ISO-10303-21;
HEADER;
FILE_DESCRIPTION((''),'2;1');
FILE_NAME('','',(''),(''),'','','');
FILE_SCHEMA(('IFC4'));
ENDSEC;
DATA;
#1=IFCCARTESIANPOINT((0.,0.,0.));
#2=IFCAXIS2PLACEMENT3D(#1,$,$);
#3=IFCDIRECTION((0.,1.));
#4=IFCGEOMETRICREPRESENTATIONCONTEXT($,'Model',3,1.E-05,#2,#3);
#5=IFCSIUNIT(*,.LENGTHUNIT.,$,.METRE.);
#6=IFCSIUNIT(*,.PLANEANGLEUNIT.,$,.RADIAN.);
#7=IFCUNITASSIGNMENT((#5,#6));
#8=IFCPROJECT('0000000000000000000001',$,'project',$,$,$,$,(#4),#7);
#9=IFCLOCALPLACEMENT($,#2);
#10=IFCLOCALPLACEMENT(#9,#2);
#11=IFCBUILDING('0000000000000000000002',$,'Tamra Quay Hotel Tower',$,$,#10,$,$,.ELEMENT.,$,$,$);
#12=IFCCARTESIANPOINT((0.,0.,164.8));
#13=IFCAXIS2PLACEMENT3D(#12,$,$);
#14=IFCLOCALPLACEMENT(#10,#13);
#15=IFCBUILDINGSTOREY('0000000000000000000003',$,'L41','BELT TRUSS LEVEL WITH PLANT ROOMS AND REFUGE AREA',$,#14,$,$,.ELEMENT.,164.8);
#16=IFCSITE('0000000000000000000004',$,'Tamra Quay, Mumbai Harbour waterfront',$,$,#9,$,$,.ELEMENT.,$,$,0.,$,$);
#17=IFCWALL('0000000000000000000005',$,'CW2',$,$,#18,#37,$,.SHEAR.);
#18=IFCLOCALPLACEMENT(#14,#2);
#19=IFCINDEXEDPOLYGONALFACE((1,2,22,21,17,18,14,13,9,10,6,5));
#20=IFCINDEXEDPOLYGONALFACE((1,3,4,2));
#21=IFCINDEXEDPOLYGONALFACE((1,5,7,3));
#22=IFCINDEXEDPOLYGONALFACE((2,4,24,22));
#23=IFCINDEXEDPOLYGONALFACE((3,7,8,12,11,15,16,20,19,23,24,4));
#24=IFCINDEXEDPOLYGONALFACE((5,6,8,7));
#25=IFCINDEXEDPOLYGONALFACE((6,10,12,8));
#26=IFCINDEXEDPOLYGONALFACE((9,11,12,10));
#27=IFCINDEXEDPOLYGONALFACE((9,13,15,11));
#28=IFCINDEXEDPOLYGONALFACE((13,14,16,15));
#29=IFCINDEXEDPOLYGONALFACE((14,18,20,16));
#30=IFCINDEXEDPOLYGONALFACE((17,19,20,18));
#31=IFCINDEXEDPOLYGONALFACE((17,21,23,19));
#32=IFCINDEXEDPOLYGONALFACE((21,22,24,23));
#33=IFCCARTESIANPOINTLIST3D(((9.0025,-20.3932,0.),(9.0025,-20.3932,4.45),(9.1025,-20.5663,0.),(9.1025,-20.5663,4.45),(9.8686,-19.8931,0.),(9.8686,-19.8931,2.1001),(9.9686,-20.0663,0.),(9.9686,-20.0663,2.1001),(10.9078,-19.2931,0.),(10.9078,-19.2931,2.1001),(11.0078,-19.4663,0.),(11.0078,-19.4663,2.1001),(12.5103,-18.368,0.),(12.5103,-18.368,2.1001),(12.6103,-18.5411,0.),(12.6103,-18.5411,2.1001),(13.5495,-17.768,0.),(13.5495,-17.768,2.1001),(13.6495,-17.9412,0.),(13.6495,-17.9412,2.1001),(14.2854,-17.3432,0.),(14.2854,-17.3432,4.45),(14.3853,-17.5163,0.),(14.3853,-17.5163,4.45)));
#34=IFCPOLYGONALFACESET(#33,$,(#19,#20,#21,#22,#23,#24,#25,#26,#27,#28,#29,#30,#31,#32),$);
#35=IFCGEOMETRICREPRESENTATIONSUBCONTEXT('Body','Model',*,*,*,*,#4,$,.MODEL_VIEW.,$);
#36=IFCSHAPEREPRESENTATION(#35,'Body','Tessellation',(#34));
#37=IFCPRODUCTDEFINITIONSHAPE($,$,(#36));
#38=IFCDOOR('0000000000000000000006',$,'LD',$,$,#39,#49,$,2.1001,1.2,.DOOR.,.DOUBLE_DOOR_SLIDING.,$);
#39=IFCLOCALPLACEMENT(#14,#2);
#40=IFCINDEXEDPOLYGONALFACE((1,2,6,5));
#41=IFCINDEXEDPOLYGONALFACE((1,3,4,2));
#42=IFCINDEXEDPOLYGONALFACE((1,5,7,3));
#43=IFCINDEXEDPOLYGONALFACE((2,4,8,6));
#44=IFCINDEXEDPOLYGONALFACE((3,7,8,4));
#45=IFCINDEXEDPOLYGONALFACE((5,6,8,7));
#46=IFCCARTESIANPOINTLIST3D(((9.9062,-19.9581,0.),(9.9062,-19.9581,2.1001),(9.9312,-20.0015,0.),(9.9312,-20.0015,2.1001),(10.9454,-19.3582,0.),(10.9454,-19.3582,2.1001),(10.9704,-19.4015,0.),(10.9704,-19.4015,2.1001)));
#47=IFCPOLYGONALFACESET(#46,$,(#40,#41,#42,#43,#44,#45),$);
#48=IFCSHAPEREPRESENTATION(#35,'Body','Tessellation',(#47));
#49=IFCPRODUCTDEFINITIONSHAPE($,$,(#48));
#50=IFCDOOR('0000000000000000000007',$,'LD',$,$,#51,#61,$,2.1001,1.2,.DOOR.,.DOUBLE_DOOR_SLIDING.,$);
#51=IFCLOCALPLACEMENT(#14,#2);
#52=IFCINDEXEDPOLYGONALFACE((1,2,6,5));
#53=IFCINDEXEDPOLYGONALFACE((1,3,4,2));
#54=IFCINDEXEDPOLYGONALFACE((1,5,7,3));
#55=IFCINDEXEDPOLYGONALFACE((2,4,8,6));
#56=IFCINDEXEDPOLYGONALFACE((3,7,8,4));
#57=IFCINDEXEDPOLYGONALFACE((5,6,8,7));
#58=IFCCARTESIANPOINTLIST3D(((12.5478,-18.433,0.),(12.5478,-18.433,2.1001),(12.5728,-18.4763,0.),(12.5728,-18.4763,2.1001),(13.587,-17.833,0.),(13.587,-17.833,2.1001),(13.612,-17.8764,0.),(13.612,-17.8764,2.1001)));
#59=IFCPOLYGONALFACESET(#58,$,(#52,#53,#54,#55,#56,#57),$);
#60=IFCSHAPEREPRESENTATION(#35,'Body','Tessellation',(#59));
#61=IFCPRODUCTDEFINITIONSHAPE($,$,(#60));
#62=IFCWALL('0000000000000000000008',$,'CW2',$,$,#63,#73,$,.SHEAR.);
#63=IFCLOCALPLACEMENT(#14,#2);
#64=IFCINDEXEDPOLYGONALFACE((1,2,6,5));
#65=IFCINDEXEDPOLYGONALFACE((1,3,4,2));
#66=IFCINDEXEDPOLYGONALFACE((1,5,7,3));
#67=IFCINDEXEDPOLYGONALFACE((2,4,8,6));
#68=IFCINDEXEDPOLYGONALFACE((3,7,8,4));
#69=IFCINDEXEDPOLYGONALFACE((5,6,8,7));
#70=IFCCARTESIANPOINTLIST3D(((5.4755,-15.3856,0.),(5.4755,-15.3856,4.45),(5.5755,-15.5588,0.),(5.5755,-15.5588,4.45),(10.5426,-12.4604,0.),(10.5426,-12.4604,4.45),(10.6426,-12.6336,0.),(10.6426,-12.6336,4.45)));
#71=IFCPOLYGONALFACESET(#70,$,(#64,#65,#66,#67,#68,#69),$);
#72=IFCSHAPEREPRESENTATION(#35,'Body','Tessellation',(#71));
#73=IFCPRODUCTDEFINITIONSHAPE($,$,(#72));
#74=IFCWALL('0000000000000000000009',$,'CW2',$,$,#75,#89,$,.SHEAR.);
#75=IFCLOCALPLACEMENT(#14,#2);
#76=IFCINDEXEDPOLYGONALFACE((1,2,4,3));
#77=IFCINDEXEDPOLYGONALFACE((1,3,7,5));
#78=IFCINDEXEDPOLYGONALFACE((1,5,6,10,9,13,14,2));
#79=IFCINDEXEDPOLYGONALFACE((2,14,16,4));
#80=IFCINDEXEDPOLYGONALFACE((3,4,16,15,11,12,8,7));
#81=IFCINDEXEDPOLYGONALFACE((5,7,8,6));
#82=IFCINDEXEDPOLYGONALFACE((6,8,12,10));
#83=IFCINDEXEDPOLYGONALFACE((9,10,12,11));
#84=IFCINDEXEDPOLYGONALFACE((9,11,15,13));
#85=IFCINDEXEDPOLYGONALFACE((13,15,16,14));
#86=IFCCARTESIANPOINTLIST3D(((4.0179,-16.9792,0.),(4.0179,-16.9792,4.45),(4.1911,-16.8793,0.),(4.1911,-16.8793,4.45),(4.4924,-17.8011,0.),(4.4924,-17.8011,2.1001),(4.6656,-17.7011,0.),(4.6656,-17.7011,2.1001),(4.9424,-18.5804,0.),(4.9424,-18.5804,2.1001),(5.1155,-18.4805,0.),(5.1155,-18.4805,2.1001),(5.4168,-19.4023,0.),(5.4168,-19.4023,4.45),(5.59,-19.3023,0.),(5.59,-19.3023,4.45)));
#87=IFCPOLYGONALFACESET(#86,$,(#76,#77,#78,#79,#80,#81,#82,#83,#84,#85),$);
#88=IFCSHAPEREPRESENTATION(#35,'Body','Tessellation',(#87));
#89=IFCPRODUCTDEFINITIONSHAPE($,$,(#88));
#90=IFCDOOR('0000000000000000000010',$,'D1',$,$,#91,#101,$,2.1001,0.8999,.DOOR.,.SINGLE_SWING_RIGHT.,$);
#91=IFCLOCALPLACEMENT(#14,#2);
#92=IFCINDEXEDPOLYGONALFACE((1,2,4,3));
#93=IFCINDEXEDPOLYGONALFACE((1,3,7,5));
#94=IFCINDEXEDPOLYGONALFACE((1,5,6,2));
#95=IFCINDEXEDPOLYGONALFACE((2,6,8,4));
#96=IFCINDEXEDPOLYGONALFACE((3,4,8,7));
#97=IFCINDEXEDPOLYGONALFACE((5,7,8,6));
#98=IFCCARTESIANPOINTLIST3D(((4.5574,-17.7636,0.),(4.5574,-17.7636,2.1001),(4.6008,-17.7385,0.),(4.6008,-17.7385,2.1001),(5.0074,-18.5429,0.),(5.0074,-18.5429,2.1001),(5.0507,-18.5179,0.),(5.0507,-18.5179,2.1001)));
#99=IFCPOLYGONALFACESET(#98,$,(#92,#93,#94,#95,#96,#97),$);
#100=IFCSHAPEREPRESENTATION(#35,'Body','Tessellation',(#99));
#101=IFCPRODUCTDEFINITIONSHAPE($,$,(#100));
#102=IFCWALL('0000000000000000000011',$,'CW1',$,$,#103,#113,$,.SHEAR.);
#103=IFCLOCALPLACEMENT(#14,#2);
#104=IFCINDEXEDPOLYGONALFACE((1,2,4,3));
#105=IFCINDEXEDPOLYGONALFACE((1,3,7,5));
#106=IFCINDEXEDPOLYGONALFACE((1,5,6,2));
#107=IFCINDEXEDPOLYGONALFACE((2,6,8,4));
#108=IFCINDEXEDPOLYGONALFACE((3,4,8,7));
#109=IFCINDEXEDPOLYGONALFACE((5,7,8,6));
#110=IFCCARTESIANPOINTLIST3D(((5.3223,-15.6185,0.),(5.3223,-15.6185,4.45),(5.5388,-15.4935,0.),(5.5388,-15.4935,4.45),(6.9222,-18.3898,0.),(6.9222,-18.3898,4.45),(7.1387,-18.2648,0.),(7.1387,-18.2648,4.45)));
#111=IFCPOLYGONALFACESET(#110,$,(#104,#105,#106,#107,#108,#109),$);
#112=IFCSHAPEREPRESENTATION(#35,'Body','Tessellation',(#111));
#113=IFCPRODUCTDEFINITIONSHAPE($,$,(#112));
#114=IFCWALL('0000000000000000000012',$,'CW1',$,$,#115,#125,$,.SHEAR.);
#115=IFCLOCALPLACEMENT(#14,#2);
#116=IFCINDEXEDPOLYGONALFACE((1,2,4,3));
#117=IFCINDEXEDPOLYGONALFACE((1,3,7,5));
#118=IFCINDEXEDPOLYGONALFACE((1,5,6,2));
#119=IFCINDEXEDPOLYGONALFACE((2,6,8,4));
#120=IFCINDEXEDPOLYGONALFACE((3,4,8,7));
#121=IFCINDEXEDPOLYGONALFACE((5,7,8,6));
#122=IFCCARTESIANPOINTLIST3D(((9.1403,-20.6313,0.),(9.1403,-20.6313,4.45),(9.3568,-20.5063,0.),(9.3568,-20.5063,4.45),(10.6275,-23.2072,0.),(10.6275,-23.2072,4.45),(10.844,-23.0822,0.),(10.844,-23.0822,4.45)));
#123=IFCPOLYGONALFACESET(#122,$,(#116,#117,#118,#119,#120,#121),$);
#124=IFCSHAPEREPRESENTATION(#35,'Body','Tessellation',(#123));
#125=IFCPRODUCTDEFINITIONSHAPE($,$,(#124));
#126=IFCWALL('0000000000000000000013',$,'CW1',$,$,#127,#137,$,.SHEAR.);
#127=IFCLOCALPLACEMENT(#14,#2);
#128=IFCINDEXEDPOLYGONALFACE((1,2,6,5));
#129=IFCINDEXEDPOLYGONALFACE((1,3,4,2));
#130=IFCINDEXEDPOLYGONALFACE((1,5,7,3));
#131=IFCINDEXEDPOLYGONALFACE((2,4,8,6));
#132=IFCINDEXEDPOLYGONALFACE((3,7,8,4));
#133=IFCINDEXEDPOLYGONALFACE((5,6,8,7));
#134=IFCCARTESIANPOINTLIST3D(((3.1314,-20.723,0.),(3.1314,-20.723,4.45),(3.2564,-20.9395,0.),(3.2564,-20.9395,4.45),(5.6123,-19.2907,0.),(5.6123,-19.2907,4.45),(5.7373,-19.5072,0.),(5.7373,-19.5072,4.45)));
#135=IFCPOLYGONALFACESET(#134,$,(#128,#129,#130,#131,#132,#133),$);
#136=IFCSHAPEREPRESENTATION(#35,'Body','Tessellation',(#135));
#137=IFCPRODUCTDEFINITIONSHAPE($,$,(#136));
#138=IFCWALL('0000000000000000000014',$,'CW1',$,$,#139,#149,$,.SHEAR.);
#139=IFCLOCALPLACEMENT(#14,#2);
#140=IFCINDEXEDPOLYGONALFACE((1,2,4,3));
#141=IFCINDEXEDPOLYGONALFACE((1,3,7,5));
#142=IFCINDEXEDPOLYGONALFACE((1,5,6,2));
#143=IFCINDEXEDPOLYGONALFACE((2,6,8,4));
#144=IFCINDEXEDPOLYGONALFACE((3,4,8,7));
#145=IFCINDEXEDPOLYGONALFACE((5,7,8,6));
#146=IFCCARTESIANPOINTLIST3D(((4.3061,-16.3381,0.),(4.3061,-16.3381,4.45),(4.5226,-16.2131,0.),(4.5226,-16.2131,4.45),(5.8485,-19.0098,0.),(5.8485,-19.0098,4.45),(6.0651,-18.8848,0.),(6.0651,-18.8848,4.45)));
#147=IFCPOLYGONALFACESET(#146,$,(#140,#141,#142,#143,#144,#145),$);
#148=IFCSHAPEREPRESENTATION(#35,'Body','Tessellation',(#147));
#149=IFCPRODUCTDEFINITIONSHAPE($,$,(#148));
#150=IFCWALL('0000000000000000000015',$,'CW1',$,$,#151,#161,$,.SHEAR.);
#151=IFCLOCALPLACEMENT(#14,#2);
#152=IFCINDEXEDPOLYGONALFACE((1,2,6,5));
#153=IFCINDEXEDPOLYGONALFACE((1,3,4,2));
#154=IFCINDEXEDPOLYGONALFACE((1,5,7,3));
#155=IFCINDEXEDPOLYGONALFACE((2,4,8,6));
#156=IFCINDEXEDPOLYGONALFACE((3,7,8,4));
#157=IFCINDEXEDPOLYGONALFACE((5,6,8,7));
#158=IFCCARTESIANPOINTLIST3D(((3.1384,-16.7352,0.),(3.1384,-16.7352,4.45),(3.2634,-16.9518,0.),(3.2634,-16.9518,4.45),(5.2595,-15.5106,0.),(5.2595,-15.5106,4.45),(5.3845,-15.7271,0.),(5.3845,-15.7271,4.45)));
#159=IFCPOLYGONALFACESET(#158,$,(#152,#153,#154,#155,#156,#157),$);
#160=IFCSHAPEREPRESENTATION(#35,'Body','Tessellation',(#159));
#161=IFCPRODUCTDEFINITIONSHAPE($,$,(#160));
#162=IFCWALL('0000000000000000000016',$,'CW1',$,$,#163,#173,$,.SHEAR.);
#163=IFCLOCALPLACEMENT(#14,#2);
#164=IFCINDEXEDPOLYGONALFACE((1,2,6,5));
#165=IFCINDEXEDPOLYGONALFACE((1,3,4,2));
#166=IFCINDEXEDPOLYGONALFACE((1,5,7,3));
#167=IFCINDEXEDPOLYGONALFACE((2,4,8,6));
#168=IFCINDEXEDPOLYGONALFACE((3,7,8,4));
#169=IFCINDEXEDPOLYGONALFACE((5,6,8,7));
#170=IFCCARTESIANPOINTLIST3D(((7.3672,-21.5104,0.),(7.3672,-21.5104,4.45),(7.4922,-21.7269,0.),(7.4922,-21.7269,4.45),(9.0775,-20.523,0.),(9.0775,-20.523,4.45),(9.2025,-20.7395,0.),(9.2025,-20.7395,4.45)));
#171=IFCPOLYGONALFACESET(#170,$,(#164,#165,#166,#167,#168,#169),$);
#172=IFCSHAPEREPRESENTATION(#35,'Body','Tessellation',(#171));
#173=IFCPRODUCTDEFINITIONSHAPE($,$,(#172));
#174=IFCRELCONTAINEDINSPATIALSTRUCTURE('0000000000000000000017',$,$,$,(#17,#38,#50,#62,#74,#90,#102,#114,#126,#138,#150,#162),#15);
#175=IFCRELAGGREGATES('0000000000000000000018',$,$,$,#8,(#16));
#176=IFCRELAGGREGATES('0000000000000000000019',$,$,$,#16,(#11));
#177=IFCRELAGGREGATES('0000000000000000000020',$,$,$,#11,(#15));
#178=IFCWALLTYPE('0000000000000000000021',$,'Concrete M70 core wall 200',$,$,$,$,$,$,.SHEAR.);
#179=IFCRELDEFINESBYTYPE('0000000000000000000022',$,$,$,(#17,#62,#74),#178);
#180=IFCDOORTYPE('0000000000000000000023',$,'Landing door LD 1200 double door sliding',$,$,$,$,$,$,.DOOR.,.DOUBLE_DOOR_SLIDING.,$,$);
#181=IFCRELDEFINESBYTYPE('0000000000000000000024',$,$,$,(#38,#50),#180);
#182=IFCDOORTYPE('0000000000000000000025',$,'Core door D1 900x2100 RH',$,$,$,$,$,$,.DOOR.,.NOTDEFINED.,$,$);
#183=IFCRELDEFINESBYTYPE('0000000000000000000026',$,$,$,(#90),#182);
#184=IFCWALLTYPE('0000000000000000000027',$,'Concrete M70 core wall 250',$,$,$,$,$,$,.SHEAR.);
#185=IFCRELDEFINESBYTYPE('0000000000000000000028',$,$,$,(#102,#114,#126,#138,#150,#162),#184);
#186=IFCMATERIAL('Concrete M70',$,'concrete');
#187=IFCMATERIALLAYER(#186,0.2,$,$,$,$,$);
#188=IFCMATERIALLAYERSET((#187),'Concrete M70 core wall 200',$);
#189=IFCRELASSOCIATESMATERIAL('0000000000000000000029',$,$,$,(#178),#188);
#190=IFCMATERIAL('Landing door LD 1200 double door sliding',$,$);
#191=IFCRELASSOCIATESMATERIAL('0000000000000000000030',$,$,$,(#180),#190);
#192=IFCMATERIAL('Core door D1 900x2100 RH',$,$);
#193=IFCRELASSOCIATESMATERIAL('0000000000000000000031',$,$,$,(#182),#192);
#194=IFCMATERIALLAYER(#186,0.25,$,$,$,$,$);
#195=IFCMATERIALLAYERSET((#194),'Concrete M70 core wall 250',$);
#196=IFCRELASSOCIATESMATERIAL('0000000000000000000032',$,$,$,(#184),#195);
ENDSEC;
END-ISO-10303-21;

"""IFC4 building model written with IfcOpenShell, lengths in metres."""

from ifc_helpers import new_model, si_unit, direction, frame, frame_2d, origin, place, context, subcontext, project, spatial, rectangle, extrude, material, layer, layer_set, type_object, element, fill, save


model = new_model("IFC4")

# Units and contexts
model_context = context("Model", 3, precision=1e-05, world=origin(), true_north=direction((0.0, 1.0)))
body_context = subcontext(model_context, "Body", "Model", "MODEL_VIEW")
ifc_project = project(units=[si_unit("LENGTHUNIT", "METRE"), si_unit("PLANEANGLEUNIT", "RADIAN")], contexts=[model_context])

# Site, building, storey
site_placement = place(None, origin())
site = spatial("IfcSite", under=ifc_project, at=site_placement, Name="Tamra Quay, Mumbai Harbour waterfront", CompositionType="ELEMENT", RefElevation=0.0)
building_placement = place(site_placement, origin())
building = spatial("IfcBuilding", under=site, at=building_placement, Name="Tamra Quay Hotel Tower", CompositionType="ELEMENT")
storey_placement = place(building_placement, frame((0.0, 0.0, 164.8)))
storey = spatial("IfcBuildingStorey", under=building, at=storey_placement, Name="L41", Description="BELT TRUSS LEVEL WITH PLANT ROOMS AND REFUGE AREA", CompositionType="ELEMENT", Elevation=164.8)

# Wall, openings, doors
ifc_material_1 = material(Name="Concrete M70", Category="concrete")
ifc_layer_1 = layer(ifc_material_1, 0.2)
ifc_layer_set_1 = layer_set([ifc_layer_1], Name="Concrete M70 core wall 200")
wall_type_1 = type_object("IfcWallType", Name="Concrete M70 core wall 200", PredefinedType="SHEAR", material=ifc_layer_set_1)
wall_1_placement = place(storey_placement, frame((9.0525, -20.4797, 0.0), z_axis=(0.0, 0.0, 1.0), x_axis=(0.86603, 0.499992, 0.0)))
wall_1 = element("IfcWall", 1, at=wall_1_placement, inside=storey, type_object=wall_type_1, Name="CW2", PredefinedType="SHEAR", context=body_context, shape_type="SweptSolid", body=[
    extrude(rectangle(XDim=6.1001, YDim=0.2, at=frame_2d((3.05, 0.0))), origin(), (0.0, 0.0, 1.0), 4.45),
])
opening_1_placement = place(wall_1_placement, frame((1.0, 0.0, 0.0)))
opening_1 = element("IfcOpeningElement", 2, at=opening_1_placement, cuts=wall_1, PredefinedType="OPENING", context=body_context, shape_type="SweptSolid", body=[
    extrude(rectangle(XDim=1.2, YDim=2.1001, at=frame_2d((0.6001, 1.05))), frame((0.0, 0.1099, 0.0), z_axis=(0.0, -1.0, 0.0), x_axis=(1.0, 0.0, 0.0)), (0.0, 0.0, 1.0), 0.22),
])
opening_2_placement = place(wall_1_placement, frame((4.0503, 0.0, 0.0)))
opening_2 = element("IfcOpeningElement", 3, at=opening_2_placement, cuts=wall_1, PredefinedType="OPENING", context=body_context, shape_type="SweptSolid", body=[
    extrude(rectangle(XDim=1.2, YDim=2.1001, at=frame_2d((0.6001, 1.05))), frame((0.0, 0.1099, 0.0), z_axis=(0.0, -1.0, 0.0), x_axis=(1.0, 0.0, 0.0)), (0.0, 0.0, 1.0), 0.22),
])
ifc_material_2 = material(Name="Landing door LD 1200 double door sliding")
door_type_1 = type_object("IfcDoorType", Name="Landing door LD 1200 double door sliding", OperationType="DOUBLE_DOOR_SLIDING", PredefinedType="DOOR", material=ifc_material_2)
door_1_placement = place(opening_1_placement, origin())
door_1 = element("IfcDoor", 4, at=door_1_placement, inside=storey, type_object=door_type_1, Name="LD", OperationType="DOUBLE_DOOR_SLIDING", OverallHeight=2.1001, OverallWidth=1.2, PredefinedType="DOOR", context=body_context, shape_type="SweptSolid", body=[
    extrude(rectangle(XDim=1.2, YDim=2.1001, at=frame_2d((0.6001, 1.05))), frame((0.0, 0.0249, 0.0), z_axis=(0.0, -1.0, 0.0), x_axis=(1.0, 0.0, 0.0)), (0.0, 0.0, 1.0), 0.05),
])
fill(opening_1, door_1)
door_2_placement = place(opening_2_placement, origin())
door_2 = element("IfcDoor", 5, at=door_2_placement, inside=storey, type_object=door_type_1, Name="LD", OperationType="DOUBLE_DOOR_SLIDING", OverallHeight=2.1001, OverallWidth=1.2, PredefinedType="DOOR", context=body_context, shape_type="SweptSolid", body=[
    extrude(rectangle(XDim=1.2, YDim=2.1001, at=frame_2d((0.6001, 1.05))), frame((0.0, 0.0249, 0.0), z_axis=(0.0, -1.0, 0.0), x_axis=(1.0, 0.0, 0.0)), (0.0, 0.0, 1.0), 0.05),
])
fill(opening_2, door_2)

# Wall
wall_2_placement = place(storey_placement, frame((5.5256, -15.4722, 0.0), z_axis=(0.0, 0.0, 1.0), x_axis=(0.866042, 0.499972, 0.0)))
element("IfcWall", 6, at=wall_2_placement, inside=storey, type_object=wall_type_1, Name="CW2", PredefinedType="SHEAR", context=body_context, shape_type="SweptSolid", body=[
    extrude(rectangle(XDim=5.8508, YDim=0.2, at=frame_2d((2.9253, 0.0))), origin(), (0.0, 0.0, 1.0), 4.45),
])

# Wall, opening, door
wall_3_placement = place(storey_placement, frame((5.5034, -19.3523, 0.0), z_axis=(0.0, 0.0, 1.0), x_axis=(-0.499987, 0.866033, 0.0)))
wall_3 = element("IfcWall", 7, at=wall_3_placement, inside=storey, type_object=wall_type_1, Name="CW2", PredefinedType="SHEAR", context=body_context, shape_type="SweptSolid", body=[
    extrude(rectangle(XDim=2.7979, YDim=0.2, at=frame_2d((1.3989, 0.0))), origin(), (0.0, 0.0, 1.0), 4.45),
])
opening_3_placement = place(wall_3_placement, frame((0.949, 0.0, 0.0)))
opening_3 = element("IfcOpeningElement", 8, at=opening_3_placement, cuts=wall_3, PredefinedType="OPENING", context=body_context, shape_type="SweptSolid", body=[
    extrude(rectangle(XDim=0.8999, YDim=2.1001, at=frame_2d((0.45, 1.05))), frame((0.0, 0.1099, 0.0), z_axis=(0.0, -1.0, 0.0), x_axis=(1.0, 0.0, 0.0)), (0.0, 0.0, 1.0), 0.22),
])
ifc_material_3 = material(Name="Core door D1 900x2100 RH")
door_type_2 = type_object("IfcDoorType", Name="Core door D1 900x2100 RH", OperationType="NOTDEFINED", PredefinedType="DOOR", material=ifc_material_3)
door_3_placement = place(opening_3_placement, origin())
door_3 = element("IfcDoor", 9, at=door_3_placement, inside=storey, type_object=door_type_2, Name="D1", OperationType="SINGLE_SWING_RIGHT", OverallHeight=2.1001, OverallWidth=0.8999, PredefinedType="DOOR", context=body_context, shape_type="SweptSolid", body=[
    extrude(rectangle(XDim=0.8999, YDim=2.1001, at=frame_2d((0.45, 1.05))), frame((0.0, 0.0249, 0.0), z_axis=(0.0, -1.0, 0.0), x_axis=(1.0, 0.0, 0.0)), (0.0, 0.0, 1.0), 0.05),
])
fill(opening_3, door_3)

# Walls
ifc_layer_2 = layer(ifc_material_1, 0.25)
ifc_layer_set_2 = layer_set([ifc_layer_2], Name="Concrete M70 core wall 250")
wall_type_2 = type_object("IfcWallType", Name="Concrete M70 core wall 250", PredefinedType="SHEAR", material=ifc_layer_set_2)
wall_4_placement = place(storey_placement, frame((7.0305, -18.3274, 0.0), z_axis=(0.0, 0.0, 1.0), x_axis=(-0.499971, 0.866042, 0.0)))
element("IfcWall", 10, at=wall_4_placement, inside=storey, type_object=wall_type_2, Name="CW1", PredefinedType="SHEAR", context=body_context, shape_type="SweptSolid", body=[
    extrude(rectangle(XDim=3.2, YDim=0.25, at=frame_2d((1.6001, 0.0))), origin(), (0.0, 0.0, 1.0), 4.45),
])
wall_5_placement = place(storey_placement, frame((10.7358, -23.1448, 0.0), z_axis=(0.0, 0.0, 1.0), x_axis=(-0.500023, 0.866012, 0.0)))
element("IfcWall", 11, at=wall_5_placement, inside=storey, type_object=wall_type_2, Name="CW1", PredefinedType="SHEAR", context=body_context, shape_type="SweptSolid", body=[
    extrude(rectangle(XDim=2.9744, YDim=0.25, at=frame_2d((1.4873, 0.0))), origin(), (0.0, 0.0, 1.0), 4.45),
])
wall_6_placement = place(storey_placement, frame((5.6748, -19.3989, 0.0), z_axis=(0.0, 0.0, 1.0), x_axis=(-0.866027, -0.499998, 0.0)))
element("IfcWall", 12, at=wall_6_placement, inside=storey, type_object=wall_type_2, Name="CW1", PredefinedType="SHEAR", context=body_context, shape_type="SweptSolid", body=[
    extrude(rectangle(XDim=2.8647, YDim=0.25, at=frame_2d((1.4324, 0.0))), origin(), (0.0, 0.0, 1.0), 4.45),
])
wall_7_placement = place(storey_placement, frame((4.4143, -16.2756, 0.0), z_axis=(0.0, 0.0, 1.0), x_axis=(0.500003, -0.866023, 0.0)))
element("IfcWall", 13, at=wall_7_placement, inside=storey, type_object=wall_type_2, Name="CW1", PredefinedType="SHEAR", context=body_context, shape_type="SweptSolid", body=[
    extrude(rectangle(XDim=3.085, YDim=0.25, at=frame_2d((1.5425, 0.0))), origin(), (0.0, 0.0, 1.0), 4.45),
])
wall_8_placement = place(storey_placement, frame((5.322, -15.6189, 0.0), z_axis=(0.0, 0.0, 1.0), x_axis=(-0.866026, -0.499999, 0.0)))
element("IfcWall", 14, at=wall_8_placement, inside=storey, type_object=wall_type_2, Name="CW1", PredefinedType="SHEAR", context=body_context, shape_type="SweptSolid", body=[
    extrude(rectangle(XDim=2.4492, YDim=0.25, at=frame_2d((1.2246, 0.0))), origin(), (0.0, 0.0, 1.0), 4.45),
])
wall_9_placement = place(storey_placement, frame((9.1399, -20.6313, 0.0), z_axis=(0.0, 0.0, 1.0), x_axis=(-0.866044, -0.499969, 0.0)))
element("IfcWall", 15, at=wall_9_placement, inside=storey, type_object=wall_type_2, Name="CW1", PredefinedType="SHEAR", context=body_context, shape_type="SweptSolid", body=[
    extrude(rectangle(XDim=1.9749, YDim=0.25, at=frame_2d((0.9873, 0.0))), origin(), (0.0, 0.0, 1.0), 4.45),
])

save(model, "model.ifc")
